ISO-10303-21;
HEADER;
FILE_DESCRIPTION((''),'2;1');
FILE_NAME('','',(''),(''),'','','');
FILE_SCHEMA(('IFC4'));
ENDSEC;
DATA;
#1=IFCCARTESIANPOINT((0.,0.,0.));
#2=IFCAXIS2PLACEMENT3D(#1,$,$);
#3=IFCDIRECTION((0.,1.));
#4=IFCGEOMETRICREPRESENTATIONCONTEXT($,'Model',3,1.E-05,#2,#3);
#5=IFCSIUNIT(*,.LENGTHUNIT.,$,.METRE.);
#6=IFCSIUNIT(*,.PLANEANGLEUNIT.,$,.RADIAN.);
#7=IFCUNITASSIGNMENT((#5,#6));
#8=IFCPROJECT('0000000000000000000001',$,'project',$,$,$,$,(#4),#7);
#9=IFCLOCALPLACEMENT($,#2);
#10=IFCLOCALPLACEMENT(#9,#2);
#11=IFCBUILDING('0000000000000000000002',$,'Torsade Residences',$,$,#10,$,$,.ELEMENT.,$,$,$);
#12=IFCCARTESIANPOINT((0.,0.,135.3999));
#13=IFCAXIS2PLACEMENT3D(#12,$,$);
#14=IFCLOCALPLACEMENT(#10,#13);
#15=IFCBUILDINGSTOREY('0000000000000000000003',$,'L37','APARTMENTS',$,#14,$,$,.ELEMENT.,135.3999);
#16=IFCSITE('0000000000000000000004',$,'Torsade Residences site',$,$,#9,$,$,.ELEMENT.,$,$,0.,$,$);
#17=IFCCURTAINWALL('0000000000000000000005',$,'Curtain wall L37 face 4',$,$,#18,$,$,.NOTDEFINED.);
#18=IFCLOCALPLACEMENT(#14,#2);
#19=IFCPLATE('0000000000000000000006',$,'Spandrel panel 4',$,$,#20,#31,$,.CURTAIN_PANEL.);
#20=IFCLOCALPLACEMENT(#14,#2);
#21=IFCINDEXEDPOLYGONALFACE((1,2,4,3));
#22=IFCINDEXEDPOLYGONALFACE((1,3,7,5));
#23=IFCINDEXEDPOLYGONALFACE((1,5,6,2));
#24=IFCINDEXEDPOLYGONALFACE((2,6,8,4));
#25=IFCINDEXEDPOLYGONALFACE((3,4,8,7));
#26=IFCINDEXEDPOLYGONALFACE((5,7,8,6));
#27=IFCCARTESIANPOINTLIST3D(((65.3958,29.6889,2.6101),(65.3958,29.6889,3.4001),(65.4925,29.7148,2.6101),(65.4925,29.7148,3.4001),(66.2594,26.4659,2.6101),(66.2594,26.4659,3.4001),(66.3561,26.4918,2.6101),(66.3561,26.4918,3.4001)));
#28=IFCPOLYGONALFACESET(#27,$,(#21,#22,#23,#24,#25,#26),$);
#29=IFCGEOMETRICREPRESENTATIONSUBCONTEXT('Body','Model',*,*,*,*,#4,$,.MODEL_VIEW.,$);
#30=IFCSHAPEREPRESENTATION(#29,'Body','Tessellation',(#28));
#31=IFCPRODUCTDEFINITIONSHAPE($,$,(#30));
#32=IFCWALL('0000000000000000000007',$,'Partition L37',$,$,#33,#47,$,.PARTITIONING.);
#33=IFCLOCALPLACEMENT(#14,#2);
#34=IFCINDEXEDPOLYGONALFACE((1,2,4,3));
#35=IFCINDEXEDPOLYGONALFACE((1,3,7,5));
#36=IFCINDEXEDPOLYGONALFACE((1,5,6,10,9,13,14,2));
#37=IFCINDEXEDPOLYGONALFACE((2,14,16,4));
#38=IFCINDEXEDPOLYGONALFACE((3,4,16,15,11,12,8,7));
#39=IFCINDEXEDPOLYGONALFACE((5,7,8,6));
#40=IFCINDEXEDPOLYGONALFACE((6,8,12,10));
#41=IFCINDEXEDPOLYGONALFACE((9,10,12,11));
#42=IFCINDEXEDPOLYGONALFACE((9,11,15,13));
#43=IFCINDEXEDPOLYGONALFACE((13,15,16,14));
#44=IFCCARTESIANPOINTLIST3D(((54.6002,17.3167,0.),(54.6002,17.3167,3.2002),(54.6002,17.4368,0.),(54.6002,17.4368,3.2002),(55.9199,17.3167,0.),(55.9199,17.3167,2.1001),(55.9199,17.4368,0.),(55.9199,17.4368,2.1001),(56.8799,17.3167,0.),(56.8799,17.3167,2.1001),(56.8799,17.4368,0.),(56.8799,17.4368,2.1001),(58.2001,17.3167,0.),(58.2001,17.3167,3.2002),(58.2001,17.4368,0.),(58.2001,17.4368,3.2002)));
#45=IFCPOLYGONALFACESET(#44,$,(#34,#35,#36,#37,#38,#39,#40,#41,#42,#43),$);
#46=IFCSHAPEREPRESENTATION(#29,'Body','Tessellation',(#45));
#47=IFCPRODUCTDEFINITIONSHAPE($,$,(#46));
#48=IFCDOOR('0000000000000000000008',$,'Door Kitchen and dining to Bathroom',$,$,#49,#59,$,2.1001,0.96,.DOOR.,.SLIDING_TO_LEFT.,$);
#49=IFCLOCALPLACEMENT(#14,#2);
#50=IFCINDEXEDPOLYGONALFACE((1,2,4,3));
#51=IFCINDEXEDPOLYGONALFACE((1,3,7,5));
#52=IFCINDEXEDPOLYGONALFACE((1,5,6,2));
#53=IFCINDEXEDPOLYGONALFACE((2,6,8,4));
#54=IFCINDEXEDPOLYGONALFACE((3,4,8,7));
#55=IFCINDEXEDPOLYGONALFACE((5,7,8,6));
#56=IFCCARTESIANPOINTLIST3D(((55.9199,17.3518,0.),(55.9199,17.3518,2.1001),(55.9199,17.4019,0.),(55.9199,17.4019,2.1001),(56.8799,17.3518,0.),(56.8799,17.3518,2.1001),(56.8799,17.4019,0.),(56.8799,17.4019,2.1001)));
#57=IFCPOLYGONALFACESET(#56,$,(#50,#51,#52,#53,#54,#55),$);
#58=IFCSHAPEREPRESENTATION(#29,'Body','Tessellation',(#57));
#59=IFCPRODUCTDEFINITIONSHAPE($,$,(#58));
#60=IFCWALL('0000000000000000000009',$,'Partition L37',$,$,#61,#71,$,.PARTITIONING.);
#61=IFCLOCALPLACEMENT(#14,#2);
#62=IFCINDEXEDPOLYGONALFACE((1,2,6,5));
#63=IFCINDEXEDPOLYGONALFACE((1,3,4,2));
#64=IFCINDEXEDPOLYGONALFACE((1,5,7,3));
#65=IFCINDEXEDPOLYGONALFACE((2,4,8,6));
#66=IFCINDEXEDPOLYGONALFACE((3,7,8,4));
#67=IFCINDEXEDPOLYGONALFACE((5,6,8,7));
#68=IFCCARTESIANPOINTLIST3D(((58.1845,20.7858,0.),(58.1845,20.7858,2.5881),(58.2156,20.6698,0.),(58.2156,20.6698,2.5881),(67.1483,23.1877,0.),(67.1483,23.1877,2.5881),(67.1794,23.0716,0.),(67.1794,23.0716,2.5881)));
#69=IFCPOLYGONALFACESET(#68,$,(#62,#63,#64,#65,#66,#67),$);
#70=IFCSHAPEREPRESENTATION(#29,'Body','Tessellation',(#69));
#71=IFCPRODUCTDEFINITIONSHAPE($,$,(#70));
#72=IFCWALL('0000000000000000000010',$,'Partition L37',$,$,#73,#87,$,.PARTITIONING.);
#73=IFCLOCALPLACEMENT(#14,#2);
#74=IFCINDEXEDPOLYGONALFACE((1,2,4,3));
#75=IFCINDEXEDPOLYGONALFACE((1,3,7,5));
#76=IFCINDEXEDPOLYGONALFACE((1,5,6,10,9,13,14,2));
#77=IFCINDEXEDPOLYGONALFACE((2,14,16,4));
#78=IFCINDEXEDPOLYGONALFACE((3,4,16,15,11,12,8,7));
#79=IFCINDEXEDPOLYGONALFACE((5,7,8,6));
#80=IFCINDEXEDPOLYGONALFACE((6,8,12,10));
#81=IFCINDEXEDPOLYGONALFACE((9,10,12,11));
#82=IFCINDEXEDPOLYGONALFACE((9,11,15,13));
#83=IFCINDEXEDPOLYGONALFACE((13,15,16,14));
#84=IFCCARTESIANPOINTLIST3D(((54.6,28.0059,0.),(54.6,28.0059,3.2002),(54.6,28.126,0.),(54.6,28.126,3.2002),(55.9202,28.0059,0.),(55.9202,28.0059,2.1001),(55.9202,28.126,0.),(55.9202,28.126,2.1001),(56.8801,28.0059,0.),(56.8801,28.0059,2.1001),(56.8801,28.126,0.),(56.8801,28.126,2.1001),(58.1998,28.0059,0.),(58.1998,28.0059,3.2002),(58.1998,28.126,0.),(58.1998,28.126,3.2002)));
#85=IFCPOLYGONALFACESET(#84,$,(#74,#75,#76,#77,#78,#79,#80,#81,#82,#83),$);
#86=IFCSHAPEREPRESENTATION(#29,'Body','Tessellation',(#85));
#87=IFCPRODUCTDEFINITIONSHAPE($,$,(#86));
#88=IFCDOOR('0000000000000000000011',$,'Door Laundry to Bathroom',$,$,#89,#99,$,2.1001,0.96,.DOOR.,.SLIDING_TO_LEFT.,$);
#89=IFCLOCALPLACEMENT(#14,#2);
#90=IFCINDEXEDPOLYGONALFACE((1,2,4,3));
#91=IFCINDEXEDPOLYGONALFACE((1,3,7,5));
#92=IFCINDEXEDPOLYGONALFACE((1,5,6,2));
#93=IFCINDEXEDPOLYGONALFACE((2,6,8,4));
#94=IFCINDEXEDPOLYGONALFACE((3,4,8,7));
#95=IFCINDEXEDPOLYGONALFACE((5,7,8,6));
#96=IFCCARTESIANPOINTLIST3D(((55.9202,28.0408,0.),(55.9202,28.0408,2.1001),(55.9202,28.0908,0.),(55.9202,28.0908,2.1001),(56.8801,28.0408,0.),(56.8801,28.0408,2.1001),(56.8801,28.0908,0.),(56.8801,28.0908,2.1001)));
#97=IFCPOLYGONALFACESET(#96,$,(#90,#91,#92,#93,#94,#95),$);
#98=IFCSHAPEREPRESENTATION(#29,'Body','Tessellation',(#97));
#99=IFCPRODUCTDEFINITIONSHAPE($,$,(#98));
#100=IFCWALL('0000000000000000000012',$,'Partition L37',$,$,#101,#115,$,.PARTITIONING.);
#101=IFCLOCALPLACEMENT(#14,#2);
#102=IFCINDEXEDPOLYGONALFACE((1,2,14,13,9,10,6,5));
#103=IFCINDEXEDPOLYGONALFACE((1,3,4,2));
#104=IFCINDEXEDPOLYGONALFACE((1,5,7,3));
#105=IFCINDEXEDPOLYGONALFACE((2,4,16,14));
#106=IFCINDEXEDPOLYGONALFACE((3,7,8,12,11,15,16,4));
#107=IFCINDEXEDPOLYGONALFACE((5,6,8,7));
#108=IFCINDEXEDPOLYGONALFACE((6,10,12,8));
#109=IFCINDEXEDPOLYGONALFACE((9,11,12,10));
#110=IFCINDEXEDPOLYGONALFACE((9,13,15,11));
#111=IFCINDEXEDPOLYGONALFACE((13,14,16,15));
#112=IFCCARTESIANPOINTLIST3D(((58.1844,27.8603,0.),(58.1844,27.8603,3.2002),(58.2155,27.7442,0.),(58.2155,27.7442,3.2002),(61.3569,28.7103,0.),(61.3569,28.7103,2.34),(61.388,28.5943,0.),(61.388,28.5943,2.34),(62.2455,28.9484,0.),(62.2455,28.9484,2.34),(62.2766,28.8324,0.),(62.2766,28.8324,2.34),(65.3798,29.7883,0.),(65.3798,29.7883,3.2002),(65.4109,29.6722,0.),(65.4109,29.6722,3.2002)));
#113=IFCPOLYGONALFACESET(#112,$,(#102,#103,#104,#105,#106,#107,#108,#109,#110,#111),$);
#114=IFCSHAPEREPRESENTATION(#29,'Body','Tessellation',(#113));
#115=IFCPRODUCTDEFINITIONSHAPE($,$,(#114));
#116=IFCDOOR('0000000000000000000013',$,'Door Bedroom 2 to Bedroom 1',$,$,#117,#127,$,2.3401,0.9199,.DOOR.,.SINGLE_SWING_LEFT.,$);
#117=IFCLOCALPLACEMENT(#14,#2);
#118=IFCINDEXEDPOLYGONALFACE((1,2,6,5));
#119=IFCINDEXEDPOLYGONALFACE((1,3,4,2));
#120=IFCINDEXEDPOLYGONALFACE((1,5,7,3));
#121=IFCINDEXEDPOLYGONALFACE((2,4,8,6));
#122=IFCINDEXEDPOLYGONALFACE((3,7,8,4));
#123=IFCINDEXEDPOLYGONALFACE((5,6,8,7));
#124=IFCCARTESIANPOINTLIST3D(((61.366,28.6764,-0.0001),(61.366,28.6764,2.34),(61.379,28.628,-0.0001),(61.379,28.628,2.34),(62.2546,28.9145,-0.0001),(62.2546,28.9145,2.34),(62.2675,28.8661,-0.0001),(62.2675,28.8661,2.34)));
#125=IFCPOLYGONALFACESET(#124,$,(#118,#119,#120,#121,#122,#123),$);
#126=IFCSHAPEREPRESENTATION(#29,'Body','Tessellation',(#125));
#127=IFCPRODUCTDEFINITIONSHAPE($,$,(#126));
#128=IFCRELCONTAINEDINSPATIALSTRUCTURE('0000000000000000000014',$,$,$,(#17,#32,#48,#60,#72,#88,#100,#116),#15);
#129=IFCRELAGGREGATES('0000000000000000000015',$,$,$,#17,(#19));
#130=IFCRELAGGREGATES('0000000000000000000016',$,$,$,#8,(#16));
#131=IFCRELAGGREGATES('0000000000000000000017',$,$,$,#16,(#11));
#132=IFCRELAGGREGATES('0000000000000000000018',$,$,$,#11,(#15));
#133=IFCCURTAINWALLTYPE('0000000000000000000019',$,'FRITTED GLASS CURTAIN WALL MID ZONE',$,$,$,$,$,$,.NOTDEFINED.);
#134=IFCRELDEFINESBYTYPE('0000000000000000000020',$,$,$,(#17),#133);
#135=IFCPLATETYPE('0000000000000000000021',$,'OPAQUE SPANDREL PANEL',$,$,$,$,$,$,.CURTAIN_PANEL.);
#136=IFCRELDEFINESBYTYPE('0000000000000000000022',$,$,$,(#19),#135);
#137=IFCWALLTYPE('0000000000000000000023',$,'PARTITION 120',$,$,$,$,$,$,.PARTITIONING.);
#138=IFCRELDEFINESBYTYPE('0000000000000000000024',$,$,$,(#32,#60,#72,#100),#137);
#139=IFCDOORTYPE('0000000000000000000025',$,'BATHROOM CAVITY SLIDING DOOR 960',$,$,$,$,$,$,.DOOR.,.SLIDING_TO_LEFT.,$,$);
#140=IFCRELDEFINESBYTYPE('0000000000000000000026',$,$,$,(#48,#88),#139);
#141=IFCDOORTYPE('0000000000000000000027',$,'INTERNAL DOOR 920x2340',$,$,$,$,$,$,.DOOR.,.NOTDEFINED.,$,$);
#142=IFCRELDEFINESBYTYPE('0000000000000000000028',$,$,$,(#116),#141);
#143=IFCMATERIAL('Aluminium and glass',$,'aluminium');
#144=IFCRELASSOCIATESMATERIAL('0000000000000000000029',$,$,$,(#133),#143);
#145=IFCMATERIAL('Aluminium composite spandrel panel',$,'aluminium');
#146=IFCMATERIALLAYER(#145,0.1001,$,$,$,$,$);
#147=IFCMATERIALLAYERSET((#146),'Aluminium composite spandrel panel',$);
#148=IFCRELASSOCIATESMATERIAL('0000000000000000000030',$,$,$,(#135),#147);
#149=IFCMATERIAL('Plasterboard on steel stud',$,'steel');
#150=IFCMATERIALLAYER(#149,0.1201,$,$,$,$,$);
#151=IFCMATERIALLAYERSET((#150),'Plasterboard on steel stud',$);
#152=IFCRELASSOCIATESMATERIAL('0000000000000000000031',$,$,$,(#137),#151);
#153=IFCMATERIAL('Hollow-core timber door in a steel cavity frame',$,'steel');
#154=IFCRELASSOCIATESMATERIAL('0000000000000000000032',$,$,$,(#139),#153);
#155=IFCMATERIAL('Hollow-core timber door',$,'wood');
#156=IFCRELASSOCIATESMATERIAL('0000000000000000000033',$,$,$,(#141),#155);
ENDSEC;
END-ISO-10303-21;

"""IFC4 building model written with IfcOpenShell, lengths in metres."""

from ifc_helpers import new_model, si_unit, direction, frame, frame_2d, origin, origin_2d, place, context, subcontext, project, spatial, rectangle, extrude, material, layer, layer_set, type_object, element, fill, aggregate, save


model = new_model("IFC4")

# Units and contexts
model_context = context("Model", 3, precision=1e-05, world=origin(), true_north=direction((0.0, 1.0)))
body_context = subcontext(model_context, "Body", "Model", "MODEL_VIEW")
ifc_project = project(units=[si_unit("LENGTHUNIT", "METRE"), si_unit("PLANEANGLEUNIT", "RADIAN")], contexts=[model_context])

# Site, building, storey
site_placement = place(None, origin())
site = spatial("IfcSite", under=ifc_project, at=site_placement, Name="Torsade Residences site", CompositionType="ELEMENT", RefElevation=0.0)
building_placement = place(site_placement, origin())
building = spatial("IfcBuilding", under=site, at=building_placement, Name="Torsade Residences", CompositionType="ELEMENT")
storey_placement = place(building_placement, frame((0.0, 0.0, 135.3999)))
storey = spatial("IfcBuildingStorey", under=building, at=storey_placement, Name="L37", Description="APARTMENTS", CompositionType="ELEMENT", Elevation=135.3999)

# Curtain wall
ifc_material_1 = material(Name="Aluminium and glass", Category="aluminium")
curtain_wall_type = type_object("IfcCurtainWallType", Name="FRITTED GLASS CURTAIN WALL MID ZONE", PredefinedType="NOTDEFINED", material=ifc_material_1)
curtain_wall_placement = place(storey_placement, origin())
curtain_wall = element("IfcCurtainWall", 1, at=curtain_wall_placement, inside=storey, type_object=curtain_wall_type, Name="Curtain wall L37 face 4", PredefinedType="NOTDEFINED")

# Plate
ifc_material_2 = material(Name="Aluminium composite spandrel panel", Category="aluminium")
ifc_layer_1 = layer(ifc_material_2, 0.1001)
ifc_layer_set_1 = layer_set([ifc_layer_1], Name="Aluminium composite spandrel panel")
plate_type_1 = type_object("IfcPlateType", Name="OPAQUE SPANDREL PANEL", PredefinedType="CURTAIN_PANEL", material=ifc_layer_set_1)
plate_1_placement = place(storey_placement, frame((65.876, 28.0903, 2.6101), z_axis=(0.0, 0.0, 1.0), x_axis=(-0.258819, 0.965926, 0.0)))
plate_1 = element("IfcPlate", 2, at=plate_1_placement, type_object=plate_type_1, Name="Spandrel panel 4", PredefinedType="CURTAIN_PANEL", context=body_context, shape_type="SweptSolid", body=[
    extrude(rectangle(XDim=3.3367, YDim=0.1001, at=origin_2d()), origin(), (0.0, 0.0, 1.0), 0.79),
])
aggregate(curtain_wall, [plate_1])

# Wall, opening, door
ifc_material_3 = material(Name="Plasterboard on steel stud", Category="steel")
ifc_layer_2 = layer(ifc_material_3, 0.1201)
ifc_layer_set_2 = layer_set([ifc_layer_2], Name="Plasterboard on steel stud")
wall_type = type_object("IfcWallType", Name="PARTITION 120", PredefinedType="PARTITIONING", material=ifc_layer_set_2)
wall_1_placement = place(storey_placement, frame((58.2, 17.3767, 0.0), z_axis=(0.0, 0.0, 1.0), x_axis=(-1.0, 0.0, 0.0)))
wall_1 = element("IfcWall", 3, at=wall_1_placement, inside=storey, type_object=wall_type, Name="Partition L37", PredefinedType="PARTITIONING", context=body_context, shape_type="SweptSolid", body=[
    extrude(rectangle(XDim=3.5999, YDim=0.1201, at=frame_2d((1.7998, 0.0))), origin(), (0.0, 0.0, 1.0), 3.2002),
])
opening_1_placement = place(wall_1_placement, frame((1.3201, 0.0, 0.0)))
opening_1 = element("IfcOpeningElement", 4, at=opening_1_placement, cuts=wall_1, PredefinedType="OPENING", context=body_context, shape_type="SweptSolid", body=[
    extrude(rectangle(XDim=0.96, YDim=2.1001, at=frame_2d((0.48, 1.05))), frame((0.0, 0.0701, 0.0), z_axis=(0.0, -1.0, 0.0), x_axis=(1.0, 0.0, 0.0)), (0.0, 0.0, 1.0), 0.1401),
])
ifc_material_4 = material(Name="Hollow-core timber door in a steel cavity frame", Category="steel")
door_type_1 = type_object("IfcDoorType", Name="BATHROOM CAVITY SLIDING DOOR 960", OperationType="SLIDING_TO_LEFT", PredefinedType="DOOR", material=ifc_material_4)
door_1_placement = place(opening_1_placement, origin())
door_1 = element("IfcDoor", 5, at=door_1_placement, inside=storey, type_object=door_type_1, Name="Door Kitchen and dining to Bathroom", OperationType="SLIDING_TO_LEFT", OverallHeight=2.1001, OverallWidth=0.96, PredefinedType="DOOR", context=body_context, shape_type="SweptSolid", body=[
    extrude(rectangle(XDim=0.96, YDim=2.1001, at=frame_2d((0.48, 1.05))), frame((0.0, 0.0249, 0.0), z_axis=(0.0, -1.0, 0.0), x_axis=(1.0, 0.0, 0.0)), (0.0, 0.0, 1.0), 0.05),
])
fill(opening_1, door_1)

# Wall
wall_2_placement = place(storey_placement, frame((58.2, 20.7278, 0.0), z_axis=(0.0, 0.0, 1.0), x_axis=(0.965926, 0.258818, 0.0)))
element("IfcWall", 6, at=wall_2_placement, inside=storey, type_object=wall_type, Name="Partition L37", PredefinedType="PARTITIONING", context=body_context, shape_type="SweptSolid", body=[
    extrude(rectangle(XDim=9.28, YDim=0.1201, at=frame_2d((4.6401, 0.0))), origin(), (0.0, 0.0, 1.0), 2.5881),
])

# Walls, openings, doors
wall_3_placement = place(storey_placement, frame((54.6001, 28.0659, 0.0), z_axis=(0.0, 0.0, 1.0), x_axis=(1.0, 0.0, 0.0)))
wall_3 = element("IfcWall", 7, at=wall_3_placement, inside=storey, type_object=wall_type, Name="Partition L37", PredefinedType="PARTITIONING", context=body_context, shape_type="SweptSolid", body=[
    extrude(rectangle(XDim=3.5999, YDim=0.1201, at=frame_2d((1.7998, 0.0))), origin(), (0.0, 0.0, 1.0), 3.2002),
])
opening_2_placement = place(wall_3_placement, frame((1.3201, 0.0, 0.0)))
opening_2 = element("IfcOpeningElement", 8, at=opening_2_placement, cuts=wall_3, PredefinedType="OPENING", context=body_context, shape_type="SweptSolid", body=[
    extrude(rectangle(XDim=0.96, YDim=2.1001, at=frame_2d((0.48, 1.05))), frame((0.0, 0.0701, 0.0), z_axis=(0.0, -1.0, 0.0), x_axis=(1.0, 0.0, 0.0)), (0.0, 0.0, 1.0), 0.1401),
])
door_2_placement = place(opening_2_placement, origin())
door_2 = element("IfcDoor", 9, at=door_2_placement, inside=storey, type_object=door_type_1, Name="Door Laundry to Bathroom", OperationType="SLIDING_TO_LEFT", OverallHeight=2.1001, OverallWidth=0.96, PredefinedType="DOOR", context=body_context, shape_type="SweptSolid", body=[
    extrude(rectangle(XDim=0.96, YDim=2.1001, at=frame_2d((0.48, 1.05))), frame((0.0, 0.0249, 0.0), z_axis=(0.0, -1.0, 0.0), x_axis=(1.0, 0.0, 0.0)), (0.0, 0.0, 1.0), 0.05),
])
fill(opening_2, door_2)
wall_4_placement = place(storey_placement, frame((58.2, 27.8022, 0.0), z_axis=(0.0, 0.0, 1.0), x_axis=(0.965926, 0.258819, 0.0)))
wall_4 = element("IfcWall", 10, at=wall_4_placement, inside=storey, type_object=wall_type, Name="Partition L37", PredefinedType="PARTITIONING", context=body_context, shape_type="SweptSolid", body=[
    extrude(rectangle(XDim=7.4492, YDim=0.1201, at=frame_2d((3.7246, 0.0))), origin(), (0.0, 0.0, 1.0), 3.2002),
])
opening_3_placement = place(wall_4_placement, frame((3.2844, 0.0, 0.0)))
opening_3 = element("IfcOpeningElement", 11, at=opening_3_placement, cuts=wall_4, PredefinedType="OPENING", context=body_context, shape_type="SweptSolid", body=[
    extrude(rectangle(XDim=0.9199, YDim=2.3401, at=frame_2d((0.46, 1.1699))), frame((0.0, 0.0701, 0.0), z_axis=(0.0, -1.0, 0.0), x_axis=(1.0, 0.0, 0.0)), (0.0, 0.0, 1.0), 0.1401),
])
ifc_material_5 = material(Name="Hollow-core timber door", Category="wood")
door_type_2 = type_object("IfcDoorType", Name="INTERNAL DOOR 920x2340", OperationType="NOTDEFINED", PredefinedType="DOOR", material=ifc_material_5)
door_3_placement = place(opening_3_placement, origin())
door_3 = element("IfcDoor", 12, at=door_3_placement, inside=storey, type_object=door_type_2, Name="Door Bedroom 2 to Bedroom 1", OperationType="SINGLE_SWING_LEFT", OverallHeight=2.3401, OverallWidth=0.9199, PredefinedType="DOOR", context=body_context, shape_type="SweptSolid", body=[
    extrude(rectangle(XDim=0.9199, YDim=2.3401, at=frame_2d((0.46, 1.1699))), frame((0.0, 0.0249, 0.0), z_axis=(0.0, -1.0, 0.0), x_axis=(1.0, 0.0, 0.0)), (0.0, 0.0, 1.0), 0.05),
])
fill(opening_3, door_3)

save(model, "model.ifc")
